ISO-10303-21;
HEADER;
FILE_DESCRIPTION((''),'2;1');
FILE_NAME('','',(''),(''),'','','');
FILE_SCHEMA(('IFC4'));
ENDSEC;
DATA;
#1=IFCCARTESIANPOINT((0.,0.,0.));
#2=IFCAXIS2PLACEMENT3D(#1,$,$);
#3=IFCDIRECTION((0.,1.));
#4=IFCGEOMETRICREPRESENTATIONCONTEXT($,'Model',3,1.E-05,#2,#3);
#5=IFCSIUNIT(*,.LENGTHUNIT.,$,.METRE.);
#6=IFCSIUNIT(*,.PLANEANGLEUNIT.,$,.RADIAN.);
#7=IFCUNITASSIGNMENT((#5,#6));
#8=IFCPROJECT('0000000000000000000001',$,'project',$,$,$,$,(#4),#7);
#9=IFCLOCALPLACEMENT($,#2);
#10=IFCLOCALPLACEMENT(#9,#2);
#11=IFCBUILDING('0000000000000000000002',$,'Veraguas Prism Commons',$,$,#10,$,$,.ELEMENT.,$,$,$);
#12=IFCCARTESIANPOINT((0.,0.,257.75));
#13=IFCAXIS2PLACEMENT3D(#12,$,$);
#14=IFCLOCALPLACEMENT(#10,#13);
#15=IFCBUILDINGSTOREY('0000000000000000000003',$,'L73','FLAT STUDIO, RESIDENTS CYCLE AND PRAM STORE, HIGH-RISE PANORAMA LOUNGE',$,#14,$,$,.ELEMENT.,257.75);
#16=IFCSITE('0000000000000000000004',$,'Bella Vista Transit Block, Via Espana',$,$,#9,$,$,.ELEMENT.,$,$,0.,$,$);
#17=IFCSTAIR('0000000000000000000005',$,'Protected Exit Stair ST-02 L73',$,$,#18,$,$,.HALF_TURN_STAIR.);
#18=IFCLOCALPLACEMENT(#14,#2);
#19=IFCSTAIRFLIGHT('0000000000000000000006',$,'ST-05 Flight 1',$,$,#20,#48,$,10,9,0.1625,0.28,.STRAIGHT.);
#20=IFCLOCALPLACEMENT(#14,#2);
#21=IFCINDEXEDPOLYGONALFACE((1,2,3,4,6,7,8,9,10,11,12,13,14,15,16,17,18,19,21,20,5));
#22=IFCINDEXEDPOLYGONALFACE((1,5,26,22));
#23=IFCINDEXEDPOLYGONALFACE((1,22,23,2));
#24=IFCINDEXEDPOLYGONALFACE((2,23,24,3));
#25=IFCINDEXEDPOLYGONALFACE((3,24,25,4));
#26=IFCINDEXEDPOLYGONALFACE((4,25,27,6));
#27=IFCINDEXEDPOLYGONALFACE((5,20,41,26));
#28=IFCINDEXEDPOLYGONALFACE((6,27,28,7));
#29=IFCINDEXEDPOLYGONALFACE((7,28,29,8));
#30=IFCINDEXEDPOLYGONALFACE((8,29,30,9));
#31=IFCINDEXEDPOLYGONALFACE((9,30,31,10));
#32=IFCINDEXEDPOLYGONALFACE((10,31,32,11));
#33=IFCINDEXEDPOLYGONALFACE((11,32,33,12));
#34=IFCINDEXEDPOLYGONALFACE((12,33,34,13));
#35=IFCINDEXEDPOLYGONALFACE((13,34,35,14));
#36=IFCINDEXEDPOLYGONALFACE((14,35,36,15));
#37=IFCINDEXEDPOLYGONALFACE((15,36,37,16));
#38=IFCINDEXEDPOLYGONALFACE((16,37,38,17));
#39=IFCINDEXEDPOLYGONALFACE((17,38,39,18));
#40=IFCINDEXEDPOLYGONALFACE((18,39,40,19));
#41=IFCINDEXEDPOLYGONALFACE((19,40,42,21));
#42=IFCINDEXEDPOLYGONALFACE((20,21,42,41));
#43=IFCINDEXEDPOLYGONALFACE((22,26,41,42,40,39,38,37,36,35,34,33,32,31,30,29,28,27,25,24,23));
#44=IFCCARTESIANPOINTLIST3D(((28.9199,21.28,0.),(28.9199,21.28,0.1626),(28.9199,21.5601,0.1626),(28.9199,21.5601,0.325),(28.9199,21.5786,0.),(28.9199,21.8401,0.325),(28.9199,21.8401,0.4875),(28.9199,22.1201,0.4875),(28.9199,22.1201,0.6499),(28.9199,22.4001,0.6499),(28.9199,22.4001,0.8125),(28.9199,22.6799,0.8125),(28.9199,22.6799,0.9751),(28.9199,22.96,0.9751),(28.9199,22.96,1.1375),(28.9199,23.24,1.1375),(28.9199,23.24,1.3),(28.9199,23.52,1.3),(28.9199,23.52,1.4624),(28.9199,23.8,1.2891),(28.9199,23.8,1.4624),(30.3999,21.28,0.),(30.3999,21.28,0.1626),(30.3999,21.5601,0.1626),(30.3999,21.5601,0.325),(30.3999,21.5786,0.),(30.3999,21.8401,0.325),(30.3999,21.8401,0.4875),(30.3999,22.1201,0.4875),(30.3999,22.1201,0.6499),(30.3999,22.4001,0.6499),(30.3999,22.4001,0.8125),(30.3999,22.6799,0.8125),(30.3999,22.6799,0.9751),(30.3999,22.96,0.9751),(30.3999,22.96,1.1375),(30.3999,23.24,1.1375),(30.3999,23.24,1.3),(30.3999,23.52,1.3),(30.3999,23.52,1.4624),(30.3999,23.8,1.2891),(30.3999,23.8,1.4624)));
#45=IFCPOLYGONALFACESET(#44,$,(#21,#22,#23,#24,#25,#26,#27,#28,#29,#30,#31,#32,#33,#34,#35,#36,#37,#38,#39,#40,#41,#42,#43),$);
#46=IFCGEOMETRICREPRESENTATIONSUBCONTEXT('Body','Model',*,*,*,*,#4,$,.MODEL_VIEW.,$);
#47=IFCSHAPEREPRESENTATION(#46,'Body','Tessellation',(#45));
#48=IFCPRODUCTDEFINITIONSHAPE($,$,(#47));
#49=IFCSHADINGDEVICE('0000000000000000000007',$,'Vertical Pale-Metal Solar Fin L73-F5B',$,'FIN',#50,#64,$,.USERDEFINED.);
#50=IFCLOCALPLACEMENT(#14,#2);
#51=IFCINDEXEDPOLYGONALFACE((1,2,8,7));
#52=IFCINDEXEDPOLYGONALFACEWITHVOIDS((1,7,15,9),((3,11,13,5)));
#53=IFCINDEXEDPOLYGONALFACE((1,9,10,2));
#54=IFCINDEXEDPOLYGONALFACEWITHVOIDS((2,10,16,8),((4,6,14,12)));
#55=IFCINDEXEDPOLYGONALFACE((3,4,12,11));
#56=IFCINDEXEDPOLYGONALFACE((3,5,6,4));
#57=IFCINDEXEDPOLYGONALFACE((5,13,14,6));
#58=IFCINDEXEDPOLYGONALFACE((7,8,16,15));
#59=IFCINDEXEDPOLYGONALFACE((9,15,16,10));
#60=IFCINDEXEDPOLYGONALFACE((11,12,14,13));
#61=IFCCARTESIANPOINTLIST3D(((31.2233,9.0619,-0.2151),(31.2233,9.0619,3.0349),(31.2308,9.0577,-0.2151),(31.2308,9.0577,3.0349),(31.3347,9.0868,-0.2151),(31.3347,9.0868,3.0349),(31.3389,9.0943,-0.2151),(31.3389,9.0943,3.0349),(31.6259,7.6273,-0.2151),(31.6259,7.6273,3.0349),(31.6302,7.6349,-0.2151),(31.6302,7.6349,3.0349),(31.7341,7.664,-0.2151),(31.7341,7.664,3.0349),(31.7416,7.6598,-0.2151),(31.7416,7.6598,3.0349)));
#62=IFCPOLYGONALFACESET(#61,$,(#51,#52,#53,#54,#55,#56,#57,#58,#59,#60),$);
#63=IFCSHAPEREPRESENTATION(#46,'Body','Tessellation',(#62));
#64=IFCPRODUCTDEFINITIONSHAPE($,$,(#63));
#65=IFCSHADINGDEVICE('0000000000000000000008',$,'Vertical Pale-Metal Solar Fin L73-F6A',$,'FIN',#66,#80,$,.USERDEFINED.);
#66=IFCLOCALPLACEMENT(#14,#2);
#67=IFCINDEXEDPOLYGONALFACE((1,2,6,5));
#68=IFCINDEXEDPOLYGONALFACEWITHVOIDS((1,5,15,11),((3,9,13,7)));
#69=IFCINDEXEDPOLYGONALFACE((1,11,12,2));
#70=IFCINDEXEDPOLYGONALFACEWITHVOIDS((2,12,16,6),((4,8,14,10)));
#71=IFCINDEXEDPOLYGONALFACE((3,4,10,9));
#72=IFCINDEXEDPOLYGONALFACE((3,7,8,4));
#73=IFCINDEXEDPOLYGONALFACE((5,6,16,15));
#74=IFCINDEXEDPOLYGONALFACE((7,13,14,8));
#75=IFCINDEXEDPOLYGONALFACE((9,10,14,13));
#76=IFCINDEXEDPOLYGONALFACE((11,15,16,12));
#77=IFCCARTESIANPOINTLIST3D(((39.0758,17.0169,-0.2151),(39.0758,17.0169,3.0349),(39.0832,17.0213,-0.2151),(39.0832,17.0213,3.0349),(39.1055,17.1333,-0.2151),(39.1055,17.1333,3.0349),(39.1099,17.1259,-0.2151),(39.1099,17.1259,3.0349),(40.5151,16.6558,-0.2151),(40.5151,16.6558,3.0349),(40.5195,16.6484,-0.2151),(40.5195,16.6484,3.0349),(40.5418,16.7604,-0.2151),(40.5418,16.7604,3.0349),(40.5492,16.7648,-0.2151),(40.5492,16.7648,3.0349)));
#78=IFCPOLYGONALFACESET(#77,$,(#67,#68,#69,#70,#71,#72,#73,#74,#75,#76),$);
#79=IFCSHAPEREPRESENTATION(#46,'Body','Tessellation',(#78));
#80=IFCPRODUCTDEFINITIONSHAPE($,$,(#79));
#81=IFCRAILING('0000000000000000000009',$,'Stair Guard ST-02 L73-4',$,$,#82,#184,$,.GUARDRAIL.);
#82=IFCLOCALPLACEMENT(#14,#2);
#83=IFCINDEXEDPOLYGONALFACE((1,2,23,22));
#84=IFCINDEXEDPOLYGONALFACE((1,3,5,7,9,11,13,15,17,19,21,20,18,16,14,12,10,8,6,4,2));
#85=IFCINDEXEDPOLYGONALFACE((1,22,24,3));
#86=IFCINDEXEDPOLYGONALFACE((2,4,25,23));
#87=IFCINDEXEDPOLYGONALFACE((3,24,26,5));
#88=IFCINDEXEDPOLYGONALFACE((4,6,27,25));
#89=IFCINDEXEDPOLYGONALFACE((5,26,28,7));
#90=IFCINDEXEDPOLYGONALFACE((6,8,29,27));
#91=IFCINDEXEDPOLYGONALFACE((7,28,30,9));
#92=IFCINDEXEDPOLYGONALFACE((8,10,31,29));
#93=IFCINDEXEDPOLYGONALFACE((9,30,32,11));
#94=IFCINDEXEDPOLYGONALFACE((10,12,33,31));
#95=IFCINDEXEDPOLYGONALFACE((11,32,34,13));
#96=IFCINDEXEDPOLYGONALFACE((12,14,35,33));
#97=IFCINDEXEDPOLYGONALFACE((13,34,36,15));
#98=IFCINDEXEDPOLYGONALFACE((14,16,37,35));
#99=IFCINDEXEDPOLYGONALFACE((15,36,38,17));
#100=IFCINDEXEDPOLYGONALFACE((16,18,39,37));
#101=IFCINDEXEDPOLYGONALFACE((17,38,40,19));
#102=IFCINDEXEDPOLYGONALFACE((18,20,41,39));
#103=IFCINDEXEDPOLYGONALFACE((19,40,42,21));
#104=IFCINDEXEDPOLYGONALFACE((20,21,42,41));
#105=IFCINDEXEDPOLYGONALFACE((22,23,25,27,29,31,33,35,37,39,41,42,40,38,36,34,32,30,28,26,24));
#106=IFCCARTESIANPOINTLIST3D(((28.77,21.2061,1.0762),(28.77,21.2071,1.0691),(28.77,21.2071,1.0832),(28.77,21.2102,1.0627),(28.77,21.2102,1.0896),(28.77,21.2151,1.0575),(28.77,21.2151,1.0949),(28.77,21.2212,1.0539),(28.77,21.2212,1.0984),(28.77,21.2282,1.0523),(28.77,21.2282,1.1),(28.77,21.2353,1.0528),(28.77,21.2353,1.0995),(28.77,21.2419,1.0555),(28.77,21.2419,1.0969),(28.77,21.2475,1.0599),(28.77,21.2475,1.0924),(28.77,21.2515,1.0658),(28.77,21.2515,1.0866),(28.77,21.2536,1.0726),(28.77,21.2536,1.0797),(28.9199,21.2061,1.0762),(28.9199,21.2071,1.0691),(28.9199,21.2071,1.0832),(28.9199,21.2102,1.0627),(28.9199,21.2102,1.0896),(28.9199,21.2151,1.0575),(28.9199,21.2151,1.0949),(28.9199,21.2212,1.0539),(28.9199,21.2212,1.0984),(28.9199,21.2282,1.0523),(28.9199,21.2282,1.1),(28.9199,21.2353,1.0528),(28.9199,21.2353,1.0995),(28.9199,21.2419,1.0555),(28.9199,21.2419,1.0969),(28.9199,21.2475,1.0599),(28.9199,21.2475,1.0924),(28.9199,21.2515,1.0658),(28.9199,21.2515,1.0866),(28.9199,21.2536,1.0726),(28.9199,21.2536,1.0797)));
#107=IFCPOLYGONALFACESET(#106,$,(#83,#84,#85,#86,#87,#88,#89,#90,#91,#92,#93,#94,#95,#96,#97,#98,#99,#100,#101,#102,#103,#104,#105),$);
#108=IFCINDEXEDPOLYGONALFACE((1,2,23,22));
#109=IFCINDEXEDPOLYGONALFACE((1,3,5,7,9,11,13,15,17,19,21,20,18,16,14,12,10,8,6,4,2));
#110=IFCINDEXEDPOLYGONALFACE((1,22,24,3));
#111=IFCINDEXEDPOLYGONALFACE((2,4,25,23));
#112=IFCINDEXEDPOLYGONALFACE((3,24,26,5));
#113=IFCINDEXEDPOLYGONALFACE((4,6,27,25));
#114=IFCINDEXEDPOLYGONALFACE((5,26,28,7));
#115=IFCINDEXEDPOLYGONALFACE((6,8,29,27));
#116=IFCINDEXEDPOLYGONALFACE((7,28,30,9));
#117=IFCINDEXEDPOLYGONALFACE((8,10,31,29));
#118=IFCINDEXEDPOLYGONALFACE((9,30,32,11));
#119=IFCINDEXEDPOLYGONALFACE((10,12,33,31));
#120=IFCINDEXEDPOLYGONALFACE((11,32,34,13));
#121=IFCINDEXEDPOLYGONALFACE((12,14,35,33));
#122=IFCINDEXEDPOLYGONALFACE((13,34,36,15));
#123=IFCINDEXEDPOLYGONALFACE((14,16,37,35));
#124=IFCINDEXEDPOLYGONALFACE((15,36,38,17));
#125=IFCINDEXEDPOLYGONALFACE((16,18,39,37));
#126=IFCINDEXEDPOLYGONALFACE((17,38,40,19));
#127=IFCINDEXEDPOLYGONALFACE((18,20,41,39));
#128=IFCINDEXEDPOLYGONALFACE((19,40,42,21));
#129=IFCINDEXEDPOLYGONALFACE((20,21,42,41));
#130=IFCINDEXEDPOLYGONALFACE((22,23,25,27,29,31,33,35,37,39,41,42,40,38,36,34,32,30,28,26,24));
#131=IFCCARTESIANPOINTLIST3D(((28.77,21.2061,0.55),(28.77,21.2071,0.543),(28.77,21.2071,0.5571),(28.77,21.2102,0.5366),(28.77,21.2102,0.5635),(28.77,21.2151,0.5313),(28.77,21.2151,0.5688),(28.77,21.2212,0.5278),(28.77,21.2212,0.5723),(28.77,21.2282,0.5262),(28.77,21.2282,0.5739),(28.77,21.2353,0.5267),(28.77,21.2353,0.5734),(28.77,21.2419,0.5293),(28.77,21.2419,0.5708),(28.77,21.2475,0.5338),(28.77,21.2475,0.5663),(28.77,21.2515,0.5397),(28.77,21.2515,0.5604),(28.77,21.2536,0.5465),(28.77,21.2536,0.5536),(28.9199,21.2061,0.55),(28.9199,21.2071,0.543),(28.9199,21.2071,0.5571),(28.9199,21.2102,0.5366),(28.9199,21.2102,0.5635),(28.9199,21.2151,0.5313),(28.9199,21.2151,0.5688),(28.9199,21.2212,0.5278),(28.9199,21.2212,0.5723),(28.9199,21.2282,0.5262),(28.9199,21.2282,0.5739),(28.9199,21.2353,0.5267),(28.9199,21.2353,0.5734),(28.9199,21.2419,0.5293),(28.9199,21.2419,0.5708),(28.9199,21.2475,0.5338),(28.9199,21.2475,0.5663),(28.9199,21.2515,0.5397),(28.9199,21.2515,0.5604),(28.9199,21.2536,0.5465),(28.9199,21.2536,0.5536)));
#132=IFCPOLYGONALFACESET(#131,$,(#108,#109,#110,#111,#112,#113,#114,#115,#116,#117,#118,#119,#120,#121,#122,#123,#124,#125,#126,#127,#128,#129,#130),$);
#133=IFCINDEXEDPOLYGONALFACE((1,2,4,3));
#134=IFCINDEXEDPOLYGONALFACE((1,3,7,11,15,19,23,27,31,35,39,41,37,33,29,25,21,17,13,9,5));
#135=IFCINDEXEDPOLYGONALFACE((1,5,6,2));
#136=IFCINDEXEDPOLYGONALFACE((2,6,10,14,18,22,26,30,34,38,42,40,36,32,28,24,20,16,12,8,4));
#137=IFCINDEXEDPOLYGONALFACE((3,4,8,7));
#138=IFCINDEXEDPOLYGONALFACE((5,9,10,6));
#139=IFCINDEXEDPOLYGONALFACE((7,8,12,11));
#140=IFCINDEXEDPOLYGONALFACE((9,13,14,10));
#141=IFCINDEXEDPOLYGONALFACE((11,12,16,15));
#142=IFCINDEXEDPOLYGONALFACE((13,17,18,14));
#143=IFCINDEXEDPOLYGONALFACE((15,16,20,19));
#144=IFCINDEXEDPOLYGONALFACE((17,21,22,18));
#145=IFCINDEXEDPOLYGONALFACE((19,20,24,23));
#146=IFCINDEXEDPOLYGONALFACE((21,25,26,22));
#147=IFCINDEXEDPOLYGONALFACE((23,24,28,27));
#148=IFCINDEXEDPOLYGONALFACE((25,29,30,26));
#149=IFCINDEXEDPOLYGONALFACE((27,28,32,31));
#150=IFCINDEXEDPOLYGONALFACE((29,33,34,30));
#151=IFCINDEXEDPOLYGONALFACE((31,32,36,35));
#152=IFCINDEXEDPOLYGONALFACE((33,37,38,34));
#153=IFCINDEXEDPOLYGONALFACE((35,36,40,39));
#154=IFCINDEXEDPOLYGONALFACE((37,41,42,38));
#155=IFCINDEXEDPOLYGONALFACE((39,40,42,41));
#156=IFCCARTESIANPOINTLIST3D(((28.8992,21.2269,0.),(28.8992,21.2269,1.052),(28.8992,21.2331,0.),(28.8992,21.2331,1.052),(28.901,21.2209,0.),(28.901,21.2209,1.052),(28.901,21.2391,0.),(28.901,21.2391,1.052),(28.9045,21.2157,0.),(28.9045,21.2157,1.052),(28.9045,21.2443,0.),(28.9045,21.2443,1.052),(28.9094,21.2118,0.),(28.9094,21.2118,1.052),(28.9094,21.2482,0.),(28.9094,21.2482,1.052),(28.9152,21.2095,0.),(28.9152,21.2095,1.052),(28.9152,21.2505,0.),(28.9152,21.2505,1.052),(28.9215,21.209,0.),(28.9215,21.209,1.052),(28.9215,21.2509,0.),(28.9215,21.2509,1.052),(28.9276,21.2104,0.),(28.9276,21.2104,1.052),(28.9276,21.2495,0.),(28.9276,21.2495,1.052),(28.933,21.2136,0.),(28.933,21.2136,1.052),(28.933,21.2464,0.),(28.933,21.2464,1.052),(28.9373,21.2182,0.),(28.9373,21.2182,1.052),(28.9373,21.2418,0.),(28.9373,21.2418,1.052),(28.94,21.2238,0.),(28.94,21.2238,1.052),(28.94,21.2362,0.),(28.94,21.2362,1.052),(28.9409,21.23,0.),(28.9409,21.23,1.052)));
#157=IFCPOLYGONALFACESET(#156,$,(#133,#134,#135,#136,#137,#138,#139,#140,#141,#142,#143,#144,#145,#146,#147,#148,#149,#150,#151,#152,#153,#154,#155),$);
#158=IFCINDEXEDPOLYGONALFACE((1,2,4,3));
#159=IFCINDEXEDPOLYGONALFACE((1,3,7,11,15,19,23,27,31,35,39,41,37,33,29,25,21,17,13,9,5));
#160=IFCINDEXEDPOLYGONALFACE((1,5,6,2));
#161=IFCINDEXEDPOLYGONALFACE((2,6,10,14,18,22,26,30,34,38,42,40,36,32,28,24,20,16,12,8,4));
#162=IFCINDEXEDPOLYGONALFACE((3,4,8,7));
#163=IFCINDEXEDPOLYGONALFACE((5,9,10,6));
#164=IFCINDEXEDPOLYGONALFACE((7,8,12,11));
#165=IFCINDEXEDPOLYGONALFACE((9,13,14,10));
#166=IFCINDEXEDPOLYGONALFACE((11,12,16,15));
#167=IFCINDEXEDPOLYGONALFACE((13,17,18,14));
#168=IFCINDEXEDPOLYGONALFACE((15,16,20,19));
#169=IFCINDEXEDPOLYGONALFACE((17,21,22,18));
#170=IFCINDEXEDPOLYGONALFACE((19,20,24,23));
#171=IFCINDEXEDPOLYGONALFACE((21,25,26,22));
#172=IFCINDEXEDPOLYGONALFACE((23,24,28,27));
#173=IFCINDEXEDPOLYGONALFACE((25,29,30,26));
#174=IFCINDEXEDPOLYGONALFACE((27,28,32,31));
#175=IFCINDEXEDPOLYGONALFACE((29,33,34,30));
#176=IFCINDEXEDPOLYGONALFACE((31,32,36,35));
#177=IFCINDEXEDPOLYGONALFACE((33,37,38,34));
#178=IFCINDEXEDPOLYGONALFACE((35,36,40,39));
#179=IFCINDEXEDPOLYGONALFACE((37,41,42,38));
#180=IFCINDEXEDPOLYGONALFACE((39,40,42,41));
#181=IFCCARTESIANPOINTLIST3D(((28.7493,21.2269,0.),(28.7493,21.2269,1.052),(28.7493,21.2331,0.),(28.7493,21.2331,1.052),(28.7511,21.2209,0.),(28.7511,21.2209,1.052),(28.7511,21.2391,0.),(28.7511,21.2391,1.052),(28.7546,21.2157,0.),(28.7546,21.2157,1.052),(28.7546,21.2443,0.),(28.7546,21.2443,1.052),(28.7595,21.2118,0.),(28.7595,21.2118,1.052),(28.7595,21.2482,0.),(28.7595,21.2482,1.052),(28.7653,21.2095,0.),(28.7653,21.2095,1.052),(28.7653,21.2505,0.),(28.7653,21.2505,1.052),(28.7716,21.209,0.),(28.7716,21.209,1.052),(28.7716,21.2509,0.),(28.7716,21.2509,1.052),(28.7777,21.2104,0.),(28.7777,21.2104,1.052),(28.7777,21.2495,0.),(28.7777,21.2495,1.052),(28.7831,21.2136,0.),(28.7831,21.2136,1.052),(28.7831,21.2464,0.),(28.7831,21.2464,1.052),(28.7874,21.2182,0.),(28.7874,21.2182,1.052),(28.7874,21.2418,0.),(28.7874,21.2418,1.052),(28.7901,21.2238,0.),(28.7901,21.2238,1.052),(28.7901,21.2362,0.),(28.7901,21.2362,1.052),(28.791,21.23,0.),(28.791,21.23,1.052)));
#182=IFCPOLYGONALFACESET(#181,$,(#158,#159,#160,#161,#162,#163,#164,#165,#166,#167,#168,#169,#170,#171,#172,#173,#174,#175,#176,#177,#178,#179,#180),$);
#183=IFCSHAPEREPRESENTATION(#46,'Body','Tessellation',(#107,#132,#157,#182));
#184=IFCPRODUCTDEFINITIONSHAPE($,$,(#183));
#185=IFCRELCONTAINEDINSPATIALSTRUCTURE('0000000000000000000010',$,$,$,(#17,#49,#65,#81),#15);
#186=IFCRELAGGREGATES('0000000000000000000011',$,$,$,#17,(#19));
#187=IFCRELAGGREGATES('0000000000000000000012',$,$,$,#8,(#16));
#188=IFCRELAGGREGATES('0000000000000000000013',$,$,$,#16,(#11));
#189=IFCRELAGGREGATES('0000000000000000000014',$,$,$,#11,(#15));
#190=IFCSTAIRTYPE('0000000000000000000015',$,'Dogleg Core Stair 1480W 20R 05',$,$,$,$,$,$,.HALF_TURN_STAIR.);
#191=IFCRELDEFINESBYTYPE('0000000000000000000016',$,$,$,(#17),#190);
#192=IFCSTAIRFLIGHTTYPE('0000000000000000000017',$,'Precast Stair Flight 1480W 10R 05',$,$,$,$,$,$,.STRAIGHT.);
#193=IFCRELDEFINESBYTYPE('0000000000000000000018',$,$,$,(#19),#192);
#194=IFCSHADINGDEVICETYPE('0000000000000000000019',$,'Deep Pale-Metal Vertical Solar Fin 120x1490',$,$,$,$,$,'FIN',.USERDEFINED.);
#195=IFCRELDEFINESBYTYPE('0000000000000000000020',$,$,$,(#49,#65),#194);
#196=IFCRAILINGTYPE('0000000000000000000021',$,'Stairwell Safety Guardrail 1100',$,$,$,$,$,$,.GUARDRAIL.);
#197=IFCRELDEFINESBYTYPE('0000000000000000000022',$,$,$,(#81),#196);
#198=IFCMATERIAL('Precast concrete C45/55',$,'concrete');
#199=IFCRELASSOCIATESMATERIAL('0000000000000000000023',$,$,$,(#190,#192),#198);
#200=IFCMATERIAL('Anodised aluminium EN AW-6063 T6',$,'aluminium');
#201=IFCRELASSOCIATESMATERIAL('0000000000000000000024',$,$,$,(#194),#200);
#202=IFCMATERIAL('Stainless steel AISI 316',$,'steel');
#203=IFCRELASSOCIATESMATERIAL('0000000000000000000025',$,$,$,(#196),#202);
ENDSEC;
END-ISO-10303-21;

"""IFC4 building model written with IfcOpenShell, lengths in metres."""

from ifc_helpers import new_model, si_unit, direction, frame, origin, origin_2d, place, context, subcontext, project, spatial, polyline, hollow_rectangle, circle, outline, extrude, material, material_profile, profile_set, type_object, element, aggregate, save


model = new_model("IFC4")

# Units and contexts
model_context = context("Model", 3, precision=1e-05, world=origin(), true_north=direction((0.0, 1.0)))
body_context = subcontext(model_context, "Body", "Model", "MODEL_VIEW")
ifc_project = project(units=[si_unit("LENGTHUNIT", "METRE"), si_unit("PLANEANGLEUNIT", "RADIAN")], contexts=[model_context])

# Site, building, storey
site_placement = place(None, origin())
site = spatial("IfcSite", under=ifc_project, at=site_placement, Name="Bella Vista Transit Block, Via Espana", CompositionType="ELEMENT", RefElevation=0.0)
building_placement = place(site_placement, origin())
building = spatial("IfcBuilding", under=site, at=building_placement, Name="Veraguas Prism Commons", CompositionType="ELEMENT")
storey_placement = place(building_placement, frame((0.0, 0.0, 257.75)))
storey = spatial("IfcBuildingStorey", under=building, at=storey_placement, Name="L73", Description="FLAT STUDIO, RESIDENTS CYCLE AND PRAM STORE, HIGH-RISE PANORAMA LOUNGE", CompositionType="ELEMENT", Elevation=257.75)

# Shared definitions
ifc_material_1 = material(Name="Anodised aluminium EN AW-6063 T6", Category="aluminium")

# Stair, stair flight
ifc_material_2 = material(Name="Precast concrete C45/55", Category="concrete")
stair_type = type_object("IfcStairType", Name="Dogleg Core Stair 1480W 20R 05", PredefinedType="HALF_TURN_STAIR", material=ifc_material_2)
stair_placement = place(storey_placement, origin())
stair = element("IfcStair", 1, at=stair_placement, inside=storey, type_object=stair_type, Name="Protected Exit Stair ST-02 L73", PredefinedType="HALF_TURN_STAIR")
stair_flight_type = type_object("IfcStairFlightType", Name="Precast Stair Flight 1480W 10R 05", PredefinedType="STRAIGHT", material=ifc_material_2)
stair_flight_placement = place(storey_placement, frame((29.6599, 21.28, 0.0), z_axis=(0.0, 0.0, 1.0), x_axis=(0.0, 1.0, 0.0)))
stair_flight = element("IfcStairFlight", 2, at=stair_flight_placement, type_object=stair_flight_type, Name="ST-05 Flight 1", NumberOfRisers=10, NumberOfTreads=9, PredefinedType="STRAIGHT", RiserHeight=0.1625, TreadLength=0.28, context=body_context, shape_type="SweptSolid", body=[
    extrude(outline(polyline([(0.0, 0.0), (0.0, 0.1626), (0.28, 0.1626), (0.28, 0.325), (0.5601, 0.325), (0.5601, 0.4875), (0.8401, 0.4875), (0.8401, 0.6499), (1.1201, 0.6499), (1.1201, 0.8125), (1.3999, 0.8125), (1.3999, 0.9751), (1.6799, 0.9751), (1.6799, 1.1375), (1.96, 1.1375), (1.96, 1.3), (2.24, 1.3), (2.24, 1.4624), (2.52, 1.4624), (2.52, 1.625), (2.52, 1.2891), (0.2986, 0.0), (0.0, 0.0)])), frame((0.0, 0.74, 0.0), z_axis=(0.0, -1.0, 0.0), x_axis=(1.0, 0.0, 0.0)), (0.0, 0.0, 1.0), 1.48),
])
aggregate(stair, [stair_flight])

# Shading devices
ifc_material_profile_1 = material_profile(ifc_material_1, hollow_rectangle(XDim=0.1201, YDim=1.49, WallThickness=0.0061, at=origin_2d()), Name="FIN120X1490X6")
ifc_profile_set_1 = profile_set([ifc_material_profile_1], Name="Anodised aluminium EN AW-6063 T6")
shading_device_type = type_object("IfcShadingDeviceType", Name="Deep Pale-Metal Vertical Solar Fin 120x1490", ElementType="FIN", PredefinedType="USERDEFINED", material=ifc_profile_set_1)
for number, where, z_axis, x_axis, name in (
    (3, (31.4824, 8.3608, -0.2151), (0.0, 0.0, 1.0), (0.962785, 0.270268, 0.0), "Vertical Pale-Metal Solar Fin L73-F5B"),
    (4, (39.8125, 16.8909, -0.2151), (0.0, 0.0, 1.0), (0.247334, 0.96893, 0.0), "Vertical Pale-Metal Solar Fin L73-F6A"),
):
    element("IfcShadingDevice", number, at=place(storey_placement, frame(where, z_axis=z_axis, x_axis=x_axis)), inside=storey, type_object=shading_device_type, Name=name, ObjectType="FIN", PredefinedType="USERDEFINED", context=body_context, shape_type="SweptSolid", body=[
        extrude(hollow_rectangle(XDim=0.1201, YDim=1.49, WallThickness=0.0061, at=origin_2d()), origin(), (0.0, 0.0, 1.0), 3.25),
    ])

# Railing
ifc_material_3 = material(Name="Stainless steel AISI 316", Category="steel")
railing_type = type_object("IfcRailingType", Name="Stairwell Safety Guardrail 1100", PredefinedType="GUARDRAIL", material=ifc_material_3)
railing_placement = place(storey_placement, frame((28.9199, 21.23, 0.0)))
element("IfcRailing", 5, at=railing_placement, inside=storey, type_object=railing_type, Name="Stair Guard ST-02 L73-4", PredefinedType="GUARDRAIL", context=body_context, shape_type="SweptSolid", body=[
    extrude(circle(Radius=0.0239, at=origin_2d()), frame((0.0, 0.0, 1.0762), z_axis=(-1.0, 0.0, 0.0), x_axis=(0.0, -1.0, 0.0)), (0.0, 0.0, 1.0), 0.1499),
    extrude(circle(Radius=0.0239, at=origin_2d()), frame((0.0, 0.0, 0.55), z_axis=(-1.0, 0.0, 0.0), x_axis=(0.0, -1.0, 0.0)), (0.0, 0.0, 1.0), 0.1499),
    extrude(circle(Radius=0.021, at=origin_2d()), origin(), (0.0, 0.0, 1.0), 1.052),
    extrude(circle(Radius=0.021, at=origin_2d()), frame((-0.1499, 0.0, 0.0)), (0.0, 0.0, 1.0), 1.052),
])

save(model, "model.ifc")
